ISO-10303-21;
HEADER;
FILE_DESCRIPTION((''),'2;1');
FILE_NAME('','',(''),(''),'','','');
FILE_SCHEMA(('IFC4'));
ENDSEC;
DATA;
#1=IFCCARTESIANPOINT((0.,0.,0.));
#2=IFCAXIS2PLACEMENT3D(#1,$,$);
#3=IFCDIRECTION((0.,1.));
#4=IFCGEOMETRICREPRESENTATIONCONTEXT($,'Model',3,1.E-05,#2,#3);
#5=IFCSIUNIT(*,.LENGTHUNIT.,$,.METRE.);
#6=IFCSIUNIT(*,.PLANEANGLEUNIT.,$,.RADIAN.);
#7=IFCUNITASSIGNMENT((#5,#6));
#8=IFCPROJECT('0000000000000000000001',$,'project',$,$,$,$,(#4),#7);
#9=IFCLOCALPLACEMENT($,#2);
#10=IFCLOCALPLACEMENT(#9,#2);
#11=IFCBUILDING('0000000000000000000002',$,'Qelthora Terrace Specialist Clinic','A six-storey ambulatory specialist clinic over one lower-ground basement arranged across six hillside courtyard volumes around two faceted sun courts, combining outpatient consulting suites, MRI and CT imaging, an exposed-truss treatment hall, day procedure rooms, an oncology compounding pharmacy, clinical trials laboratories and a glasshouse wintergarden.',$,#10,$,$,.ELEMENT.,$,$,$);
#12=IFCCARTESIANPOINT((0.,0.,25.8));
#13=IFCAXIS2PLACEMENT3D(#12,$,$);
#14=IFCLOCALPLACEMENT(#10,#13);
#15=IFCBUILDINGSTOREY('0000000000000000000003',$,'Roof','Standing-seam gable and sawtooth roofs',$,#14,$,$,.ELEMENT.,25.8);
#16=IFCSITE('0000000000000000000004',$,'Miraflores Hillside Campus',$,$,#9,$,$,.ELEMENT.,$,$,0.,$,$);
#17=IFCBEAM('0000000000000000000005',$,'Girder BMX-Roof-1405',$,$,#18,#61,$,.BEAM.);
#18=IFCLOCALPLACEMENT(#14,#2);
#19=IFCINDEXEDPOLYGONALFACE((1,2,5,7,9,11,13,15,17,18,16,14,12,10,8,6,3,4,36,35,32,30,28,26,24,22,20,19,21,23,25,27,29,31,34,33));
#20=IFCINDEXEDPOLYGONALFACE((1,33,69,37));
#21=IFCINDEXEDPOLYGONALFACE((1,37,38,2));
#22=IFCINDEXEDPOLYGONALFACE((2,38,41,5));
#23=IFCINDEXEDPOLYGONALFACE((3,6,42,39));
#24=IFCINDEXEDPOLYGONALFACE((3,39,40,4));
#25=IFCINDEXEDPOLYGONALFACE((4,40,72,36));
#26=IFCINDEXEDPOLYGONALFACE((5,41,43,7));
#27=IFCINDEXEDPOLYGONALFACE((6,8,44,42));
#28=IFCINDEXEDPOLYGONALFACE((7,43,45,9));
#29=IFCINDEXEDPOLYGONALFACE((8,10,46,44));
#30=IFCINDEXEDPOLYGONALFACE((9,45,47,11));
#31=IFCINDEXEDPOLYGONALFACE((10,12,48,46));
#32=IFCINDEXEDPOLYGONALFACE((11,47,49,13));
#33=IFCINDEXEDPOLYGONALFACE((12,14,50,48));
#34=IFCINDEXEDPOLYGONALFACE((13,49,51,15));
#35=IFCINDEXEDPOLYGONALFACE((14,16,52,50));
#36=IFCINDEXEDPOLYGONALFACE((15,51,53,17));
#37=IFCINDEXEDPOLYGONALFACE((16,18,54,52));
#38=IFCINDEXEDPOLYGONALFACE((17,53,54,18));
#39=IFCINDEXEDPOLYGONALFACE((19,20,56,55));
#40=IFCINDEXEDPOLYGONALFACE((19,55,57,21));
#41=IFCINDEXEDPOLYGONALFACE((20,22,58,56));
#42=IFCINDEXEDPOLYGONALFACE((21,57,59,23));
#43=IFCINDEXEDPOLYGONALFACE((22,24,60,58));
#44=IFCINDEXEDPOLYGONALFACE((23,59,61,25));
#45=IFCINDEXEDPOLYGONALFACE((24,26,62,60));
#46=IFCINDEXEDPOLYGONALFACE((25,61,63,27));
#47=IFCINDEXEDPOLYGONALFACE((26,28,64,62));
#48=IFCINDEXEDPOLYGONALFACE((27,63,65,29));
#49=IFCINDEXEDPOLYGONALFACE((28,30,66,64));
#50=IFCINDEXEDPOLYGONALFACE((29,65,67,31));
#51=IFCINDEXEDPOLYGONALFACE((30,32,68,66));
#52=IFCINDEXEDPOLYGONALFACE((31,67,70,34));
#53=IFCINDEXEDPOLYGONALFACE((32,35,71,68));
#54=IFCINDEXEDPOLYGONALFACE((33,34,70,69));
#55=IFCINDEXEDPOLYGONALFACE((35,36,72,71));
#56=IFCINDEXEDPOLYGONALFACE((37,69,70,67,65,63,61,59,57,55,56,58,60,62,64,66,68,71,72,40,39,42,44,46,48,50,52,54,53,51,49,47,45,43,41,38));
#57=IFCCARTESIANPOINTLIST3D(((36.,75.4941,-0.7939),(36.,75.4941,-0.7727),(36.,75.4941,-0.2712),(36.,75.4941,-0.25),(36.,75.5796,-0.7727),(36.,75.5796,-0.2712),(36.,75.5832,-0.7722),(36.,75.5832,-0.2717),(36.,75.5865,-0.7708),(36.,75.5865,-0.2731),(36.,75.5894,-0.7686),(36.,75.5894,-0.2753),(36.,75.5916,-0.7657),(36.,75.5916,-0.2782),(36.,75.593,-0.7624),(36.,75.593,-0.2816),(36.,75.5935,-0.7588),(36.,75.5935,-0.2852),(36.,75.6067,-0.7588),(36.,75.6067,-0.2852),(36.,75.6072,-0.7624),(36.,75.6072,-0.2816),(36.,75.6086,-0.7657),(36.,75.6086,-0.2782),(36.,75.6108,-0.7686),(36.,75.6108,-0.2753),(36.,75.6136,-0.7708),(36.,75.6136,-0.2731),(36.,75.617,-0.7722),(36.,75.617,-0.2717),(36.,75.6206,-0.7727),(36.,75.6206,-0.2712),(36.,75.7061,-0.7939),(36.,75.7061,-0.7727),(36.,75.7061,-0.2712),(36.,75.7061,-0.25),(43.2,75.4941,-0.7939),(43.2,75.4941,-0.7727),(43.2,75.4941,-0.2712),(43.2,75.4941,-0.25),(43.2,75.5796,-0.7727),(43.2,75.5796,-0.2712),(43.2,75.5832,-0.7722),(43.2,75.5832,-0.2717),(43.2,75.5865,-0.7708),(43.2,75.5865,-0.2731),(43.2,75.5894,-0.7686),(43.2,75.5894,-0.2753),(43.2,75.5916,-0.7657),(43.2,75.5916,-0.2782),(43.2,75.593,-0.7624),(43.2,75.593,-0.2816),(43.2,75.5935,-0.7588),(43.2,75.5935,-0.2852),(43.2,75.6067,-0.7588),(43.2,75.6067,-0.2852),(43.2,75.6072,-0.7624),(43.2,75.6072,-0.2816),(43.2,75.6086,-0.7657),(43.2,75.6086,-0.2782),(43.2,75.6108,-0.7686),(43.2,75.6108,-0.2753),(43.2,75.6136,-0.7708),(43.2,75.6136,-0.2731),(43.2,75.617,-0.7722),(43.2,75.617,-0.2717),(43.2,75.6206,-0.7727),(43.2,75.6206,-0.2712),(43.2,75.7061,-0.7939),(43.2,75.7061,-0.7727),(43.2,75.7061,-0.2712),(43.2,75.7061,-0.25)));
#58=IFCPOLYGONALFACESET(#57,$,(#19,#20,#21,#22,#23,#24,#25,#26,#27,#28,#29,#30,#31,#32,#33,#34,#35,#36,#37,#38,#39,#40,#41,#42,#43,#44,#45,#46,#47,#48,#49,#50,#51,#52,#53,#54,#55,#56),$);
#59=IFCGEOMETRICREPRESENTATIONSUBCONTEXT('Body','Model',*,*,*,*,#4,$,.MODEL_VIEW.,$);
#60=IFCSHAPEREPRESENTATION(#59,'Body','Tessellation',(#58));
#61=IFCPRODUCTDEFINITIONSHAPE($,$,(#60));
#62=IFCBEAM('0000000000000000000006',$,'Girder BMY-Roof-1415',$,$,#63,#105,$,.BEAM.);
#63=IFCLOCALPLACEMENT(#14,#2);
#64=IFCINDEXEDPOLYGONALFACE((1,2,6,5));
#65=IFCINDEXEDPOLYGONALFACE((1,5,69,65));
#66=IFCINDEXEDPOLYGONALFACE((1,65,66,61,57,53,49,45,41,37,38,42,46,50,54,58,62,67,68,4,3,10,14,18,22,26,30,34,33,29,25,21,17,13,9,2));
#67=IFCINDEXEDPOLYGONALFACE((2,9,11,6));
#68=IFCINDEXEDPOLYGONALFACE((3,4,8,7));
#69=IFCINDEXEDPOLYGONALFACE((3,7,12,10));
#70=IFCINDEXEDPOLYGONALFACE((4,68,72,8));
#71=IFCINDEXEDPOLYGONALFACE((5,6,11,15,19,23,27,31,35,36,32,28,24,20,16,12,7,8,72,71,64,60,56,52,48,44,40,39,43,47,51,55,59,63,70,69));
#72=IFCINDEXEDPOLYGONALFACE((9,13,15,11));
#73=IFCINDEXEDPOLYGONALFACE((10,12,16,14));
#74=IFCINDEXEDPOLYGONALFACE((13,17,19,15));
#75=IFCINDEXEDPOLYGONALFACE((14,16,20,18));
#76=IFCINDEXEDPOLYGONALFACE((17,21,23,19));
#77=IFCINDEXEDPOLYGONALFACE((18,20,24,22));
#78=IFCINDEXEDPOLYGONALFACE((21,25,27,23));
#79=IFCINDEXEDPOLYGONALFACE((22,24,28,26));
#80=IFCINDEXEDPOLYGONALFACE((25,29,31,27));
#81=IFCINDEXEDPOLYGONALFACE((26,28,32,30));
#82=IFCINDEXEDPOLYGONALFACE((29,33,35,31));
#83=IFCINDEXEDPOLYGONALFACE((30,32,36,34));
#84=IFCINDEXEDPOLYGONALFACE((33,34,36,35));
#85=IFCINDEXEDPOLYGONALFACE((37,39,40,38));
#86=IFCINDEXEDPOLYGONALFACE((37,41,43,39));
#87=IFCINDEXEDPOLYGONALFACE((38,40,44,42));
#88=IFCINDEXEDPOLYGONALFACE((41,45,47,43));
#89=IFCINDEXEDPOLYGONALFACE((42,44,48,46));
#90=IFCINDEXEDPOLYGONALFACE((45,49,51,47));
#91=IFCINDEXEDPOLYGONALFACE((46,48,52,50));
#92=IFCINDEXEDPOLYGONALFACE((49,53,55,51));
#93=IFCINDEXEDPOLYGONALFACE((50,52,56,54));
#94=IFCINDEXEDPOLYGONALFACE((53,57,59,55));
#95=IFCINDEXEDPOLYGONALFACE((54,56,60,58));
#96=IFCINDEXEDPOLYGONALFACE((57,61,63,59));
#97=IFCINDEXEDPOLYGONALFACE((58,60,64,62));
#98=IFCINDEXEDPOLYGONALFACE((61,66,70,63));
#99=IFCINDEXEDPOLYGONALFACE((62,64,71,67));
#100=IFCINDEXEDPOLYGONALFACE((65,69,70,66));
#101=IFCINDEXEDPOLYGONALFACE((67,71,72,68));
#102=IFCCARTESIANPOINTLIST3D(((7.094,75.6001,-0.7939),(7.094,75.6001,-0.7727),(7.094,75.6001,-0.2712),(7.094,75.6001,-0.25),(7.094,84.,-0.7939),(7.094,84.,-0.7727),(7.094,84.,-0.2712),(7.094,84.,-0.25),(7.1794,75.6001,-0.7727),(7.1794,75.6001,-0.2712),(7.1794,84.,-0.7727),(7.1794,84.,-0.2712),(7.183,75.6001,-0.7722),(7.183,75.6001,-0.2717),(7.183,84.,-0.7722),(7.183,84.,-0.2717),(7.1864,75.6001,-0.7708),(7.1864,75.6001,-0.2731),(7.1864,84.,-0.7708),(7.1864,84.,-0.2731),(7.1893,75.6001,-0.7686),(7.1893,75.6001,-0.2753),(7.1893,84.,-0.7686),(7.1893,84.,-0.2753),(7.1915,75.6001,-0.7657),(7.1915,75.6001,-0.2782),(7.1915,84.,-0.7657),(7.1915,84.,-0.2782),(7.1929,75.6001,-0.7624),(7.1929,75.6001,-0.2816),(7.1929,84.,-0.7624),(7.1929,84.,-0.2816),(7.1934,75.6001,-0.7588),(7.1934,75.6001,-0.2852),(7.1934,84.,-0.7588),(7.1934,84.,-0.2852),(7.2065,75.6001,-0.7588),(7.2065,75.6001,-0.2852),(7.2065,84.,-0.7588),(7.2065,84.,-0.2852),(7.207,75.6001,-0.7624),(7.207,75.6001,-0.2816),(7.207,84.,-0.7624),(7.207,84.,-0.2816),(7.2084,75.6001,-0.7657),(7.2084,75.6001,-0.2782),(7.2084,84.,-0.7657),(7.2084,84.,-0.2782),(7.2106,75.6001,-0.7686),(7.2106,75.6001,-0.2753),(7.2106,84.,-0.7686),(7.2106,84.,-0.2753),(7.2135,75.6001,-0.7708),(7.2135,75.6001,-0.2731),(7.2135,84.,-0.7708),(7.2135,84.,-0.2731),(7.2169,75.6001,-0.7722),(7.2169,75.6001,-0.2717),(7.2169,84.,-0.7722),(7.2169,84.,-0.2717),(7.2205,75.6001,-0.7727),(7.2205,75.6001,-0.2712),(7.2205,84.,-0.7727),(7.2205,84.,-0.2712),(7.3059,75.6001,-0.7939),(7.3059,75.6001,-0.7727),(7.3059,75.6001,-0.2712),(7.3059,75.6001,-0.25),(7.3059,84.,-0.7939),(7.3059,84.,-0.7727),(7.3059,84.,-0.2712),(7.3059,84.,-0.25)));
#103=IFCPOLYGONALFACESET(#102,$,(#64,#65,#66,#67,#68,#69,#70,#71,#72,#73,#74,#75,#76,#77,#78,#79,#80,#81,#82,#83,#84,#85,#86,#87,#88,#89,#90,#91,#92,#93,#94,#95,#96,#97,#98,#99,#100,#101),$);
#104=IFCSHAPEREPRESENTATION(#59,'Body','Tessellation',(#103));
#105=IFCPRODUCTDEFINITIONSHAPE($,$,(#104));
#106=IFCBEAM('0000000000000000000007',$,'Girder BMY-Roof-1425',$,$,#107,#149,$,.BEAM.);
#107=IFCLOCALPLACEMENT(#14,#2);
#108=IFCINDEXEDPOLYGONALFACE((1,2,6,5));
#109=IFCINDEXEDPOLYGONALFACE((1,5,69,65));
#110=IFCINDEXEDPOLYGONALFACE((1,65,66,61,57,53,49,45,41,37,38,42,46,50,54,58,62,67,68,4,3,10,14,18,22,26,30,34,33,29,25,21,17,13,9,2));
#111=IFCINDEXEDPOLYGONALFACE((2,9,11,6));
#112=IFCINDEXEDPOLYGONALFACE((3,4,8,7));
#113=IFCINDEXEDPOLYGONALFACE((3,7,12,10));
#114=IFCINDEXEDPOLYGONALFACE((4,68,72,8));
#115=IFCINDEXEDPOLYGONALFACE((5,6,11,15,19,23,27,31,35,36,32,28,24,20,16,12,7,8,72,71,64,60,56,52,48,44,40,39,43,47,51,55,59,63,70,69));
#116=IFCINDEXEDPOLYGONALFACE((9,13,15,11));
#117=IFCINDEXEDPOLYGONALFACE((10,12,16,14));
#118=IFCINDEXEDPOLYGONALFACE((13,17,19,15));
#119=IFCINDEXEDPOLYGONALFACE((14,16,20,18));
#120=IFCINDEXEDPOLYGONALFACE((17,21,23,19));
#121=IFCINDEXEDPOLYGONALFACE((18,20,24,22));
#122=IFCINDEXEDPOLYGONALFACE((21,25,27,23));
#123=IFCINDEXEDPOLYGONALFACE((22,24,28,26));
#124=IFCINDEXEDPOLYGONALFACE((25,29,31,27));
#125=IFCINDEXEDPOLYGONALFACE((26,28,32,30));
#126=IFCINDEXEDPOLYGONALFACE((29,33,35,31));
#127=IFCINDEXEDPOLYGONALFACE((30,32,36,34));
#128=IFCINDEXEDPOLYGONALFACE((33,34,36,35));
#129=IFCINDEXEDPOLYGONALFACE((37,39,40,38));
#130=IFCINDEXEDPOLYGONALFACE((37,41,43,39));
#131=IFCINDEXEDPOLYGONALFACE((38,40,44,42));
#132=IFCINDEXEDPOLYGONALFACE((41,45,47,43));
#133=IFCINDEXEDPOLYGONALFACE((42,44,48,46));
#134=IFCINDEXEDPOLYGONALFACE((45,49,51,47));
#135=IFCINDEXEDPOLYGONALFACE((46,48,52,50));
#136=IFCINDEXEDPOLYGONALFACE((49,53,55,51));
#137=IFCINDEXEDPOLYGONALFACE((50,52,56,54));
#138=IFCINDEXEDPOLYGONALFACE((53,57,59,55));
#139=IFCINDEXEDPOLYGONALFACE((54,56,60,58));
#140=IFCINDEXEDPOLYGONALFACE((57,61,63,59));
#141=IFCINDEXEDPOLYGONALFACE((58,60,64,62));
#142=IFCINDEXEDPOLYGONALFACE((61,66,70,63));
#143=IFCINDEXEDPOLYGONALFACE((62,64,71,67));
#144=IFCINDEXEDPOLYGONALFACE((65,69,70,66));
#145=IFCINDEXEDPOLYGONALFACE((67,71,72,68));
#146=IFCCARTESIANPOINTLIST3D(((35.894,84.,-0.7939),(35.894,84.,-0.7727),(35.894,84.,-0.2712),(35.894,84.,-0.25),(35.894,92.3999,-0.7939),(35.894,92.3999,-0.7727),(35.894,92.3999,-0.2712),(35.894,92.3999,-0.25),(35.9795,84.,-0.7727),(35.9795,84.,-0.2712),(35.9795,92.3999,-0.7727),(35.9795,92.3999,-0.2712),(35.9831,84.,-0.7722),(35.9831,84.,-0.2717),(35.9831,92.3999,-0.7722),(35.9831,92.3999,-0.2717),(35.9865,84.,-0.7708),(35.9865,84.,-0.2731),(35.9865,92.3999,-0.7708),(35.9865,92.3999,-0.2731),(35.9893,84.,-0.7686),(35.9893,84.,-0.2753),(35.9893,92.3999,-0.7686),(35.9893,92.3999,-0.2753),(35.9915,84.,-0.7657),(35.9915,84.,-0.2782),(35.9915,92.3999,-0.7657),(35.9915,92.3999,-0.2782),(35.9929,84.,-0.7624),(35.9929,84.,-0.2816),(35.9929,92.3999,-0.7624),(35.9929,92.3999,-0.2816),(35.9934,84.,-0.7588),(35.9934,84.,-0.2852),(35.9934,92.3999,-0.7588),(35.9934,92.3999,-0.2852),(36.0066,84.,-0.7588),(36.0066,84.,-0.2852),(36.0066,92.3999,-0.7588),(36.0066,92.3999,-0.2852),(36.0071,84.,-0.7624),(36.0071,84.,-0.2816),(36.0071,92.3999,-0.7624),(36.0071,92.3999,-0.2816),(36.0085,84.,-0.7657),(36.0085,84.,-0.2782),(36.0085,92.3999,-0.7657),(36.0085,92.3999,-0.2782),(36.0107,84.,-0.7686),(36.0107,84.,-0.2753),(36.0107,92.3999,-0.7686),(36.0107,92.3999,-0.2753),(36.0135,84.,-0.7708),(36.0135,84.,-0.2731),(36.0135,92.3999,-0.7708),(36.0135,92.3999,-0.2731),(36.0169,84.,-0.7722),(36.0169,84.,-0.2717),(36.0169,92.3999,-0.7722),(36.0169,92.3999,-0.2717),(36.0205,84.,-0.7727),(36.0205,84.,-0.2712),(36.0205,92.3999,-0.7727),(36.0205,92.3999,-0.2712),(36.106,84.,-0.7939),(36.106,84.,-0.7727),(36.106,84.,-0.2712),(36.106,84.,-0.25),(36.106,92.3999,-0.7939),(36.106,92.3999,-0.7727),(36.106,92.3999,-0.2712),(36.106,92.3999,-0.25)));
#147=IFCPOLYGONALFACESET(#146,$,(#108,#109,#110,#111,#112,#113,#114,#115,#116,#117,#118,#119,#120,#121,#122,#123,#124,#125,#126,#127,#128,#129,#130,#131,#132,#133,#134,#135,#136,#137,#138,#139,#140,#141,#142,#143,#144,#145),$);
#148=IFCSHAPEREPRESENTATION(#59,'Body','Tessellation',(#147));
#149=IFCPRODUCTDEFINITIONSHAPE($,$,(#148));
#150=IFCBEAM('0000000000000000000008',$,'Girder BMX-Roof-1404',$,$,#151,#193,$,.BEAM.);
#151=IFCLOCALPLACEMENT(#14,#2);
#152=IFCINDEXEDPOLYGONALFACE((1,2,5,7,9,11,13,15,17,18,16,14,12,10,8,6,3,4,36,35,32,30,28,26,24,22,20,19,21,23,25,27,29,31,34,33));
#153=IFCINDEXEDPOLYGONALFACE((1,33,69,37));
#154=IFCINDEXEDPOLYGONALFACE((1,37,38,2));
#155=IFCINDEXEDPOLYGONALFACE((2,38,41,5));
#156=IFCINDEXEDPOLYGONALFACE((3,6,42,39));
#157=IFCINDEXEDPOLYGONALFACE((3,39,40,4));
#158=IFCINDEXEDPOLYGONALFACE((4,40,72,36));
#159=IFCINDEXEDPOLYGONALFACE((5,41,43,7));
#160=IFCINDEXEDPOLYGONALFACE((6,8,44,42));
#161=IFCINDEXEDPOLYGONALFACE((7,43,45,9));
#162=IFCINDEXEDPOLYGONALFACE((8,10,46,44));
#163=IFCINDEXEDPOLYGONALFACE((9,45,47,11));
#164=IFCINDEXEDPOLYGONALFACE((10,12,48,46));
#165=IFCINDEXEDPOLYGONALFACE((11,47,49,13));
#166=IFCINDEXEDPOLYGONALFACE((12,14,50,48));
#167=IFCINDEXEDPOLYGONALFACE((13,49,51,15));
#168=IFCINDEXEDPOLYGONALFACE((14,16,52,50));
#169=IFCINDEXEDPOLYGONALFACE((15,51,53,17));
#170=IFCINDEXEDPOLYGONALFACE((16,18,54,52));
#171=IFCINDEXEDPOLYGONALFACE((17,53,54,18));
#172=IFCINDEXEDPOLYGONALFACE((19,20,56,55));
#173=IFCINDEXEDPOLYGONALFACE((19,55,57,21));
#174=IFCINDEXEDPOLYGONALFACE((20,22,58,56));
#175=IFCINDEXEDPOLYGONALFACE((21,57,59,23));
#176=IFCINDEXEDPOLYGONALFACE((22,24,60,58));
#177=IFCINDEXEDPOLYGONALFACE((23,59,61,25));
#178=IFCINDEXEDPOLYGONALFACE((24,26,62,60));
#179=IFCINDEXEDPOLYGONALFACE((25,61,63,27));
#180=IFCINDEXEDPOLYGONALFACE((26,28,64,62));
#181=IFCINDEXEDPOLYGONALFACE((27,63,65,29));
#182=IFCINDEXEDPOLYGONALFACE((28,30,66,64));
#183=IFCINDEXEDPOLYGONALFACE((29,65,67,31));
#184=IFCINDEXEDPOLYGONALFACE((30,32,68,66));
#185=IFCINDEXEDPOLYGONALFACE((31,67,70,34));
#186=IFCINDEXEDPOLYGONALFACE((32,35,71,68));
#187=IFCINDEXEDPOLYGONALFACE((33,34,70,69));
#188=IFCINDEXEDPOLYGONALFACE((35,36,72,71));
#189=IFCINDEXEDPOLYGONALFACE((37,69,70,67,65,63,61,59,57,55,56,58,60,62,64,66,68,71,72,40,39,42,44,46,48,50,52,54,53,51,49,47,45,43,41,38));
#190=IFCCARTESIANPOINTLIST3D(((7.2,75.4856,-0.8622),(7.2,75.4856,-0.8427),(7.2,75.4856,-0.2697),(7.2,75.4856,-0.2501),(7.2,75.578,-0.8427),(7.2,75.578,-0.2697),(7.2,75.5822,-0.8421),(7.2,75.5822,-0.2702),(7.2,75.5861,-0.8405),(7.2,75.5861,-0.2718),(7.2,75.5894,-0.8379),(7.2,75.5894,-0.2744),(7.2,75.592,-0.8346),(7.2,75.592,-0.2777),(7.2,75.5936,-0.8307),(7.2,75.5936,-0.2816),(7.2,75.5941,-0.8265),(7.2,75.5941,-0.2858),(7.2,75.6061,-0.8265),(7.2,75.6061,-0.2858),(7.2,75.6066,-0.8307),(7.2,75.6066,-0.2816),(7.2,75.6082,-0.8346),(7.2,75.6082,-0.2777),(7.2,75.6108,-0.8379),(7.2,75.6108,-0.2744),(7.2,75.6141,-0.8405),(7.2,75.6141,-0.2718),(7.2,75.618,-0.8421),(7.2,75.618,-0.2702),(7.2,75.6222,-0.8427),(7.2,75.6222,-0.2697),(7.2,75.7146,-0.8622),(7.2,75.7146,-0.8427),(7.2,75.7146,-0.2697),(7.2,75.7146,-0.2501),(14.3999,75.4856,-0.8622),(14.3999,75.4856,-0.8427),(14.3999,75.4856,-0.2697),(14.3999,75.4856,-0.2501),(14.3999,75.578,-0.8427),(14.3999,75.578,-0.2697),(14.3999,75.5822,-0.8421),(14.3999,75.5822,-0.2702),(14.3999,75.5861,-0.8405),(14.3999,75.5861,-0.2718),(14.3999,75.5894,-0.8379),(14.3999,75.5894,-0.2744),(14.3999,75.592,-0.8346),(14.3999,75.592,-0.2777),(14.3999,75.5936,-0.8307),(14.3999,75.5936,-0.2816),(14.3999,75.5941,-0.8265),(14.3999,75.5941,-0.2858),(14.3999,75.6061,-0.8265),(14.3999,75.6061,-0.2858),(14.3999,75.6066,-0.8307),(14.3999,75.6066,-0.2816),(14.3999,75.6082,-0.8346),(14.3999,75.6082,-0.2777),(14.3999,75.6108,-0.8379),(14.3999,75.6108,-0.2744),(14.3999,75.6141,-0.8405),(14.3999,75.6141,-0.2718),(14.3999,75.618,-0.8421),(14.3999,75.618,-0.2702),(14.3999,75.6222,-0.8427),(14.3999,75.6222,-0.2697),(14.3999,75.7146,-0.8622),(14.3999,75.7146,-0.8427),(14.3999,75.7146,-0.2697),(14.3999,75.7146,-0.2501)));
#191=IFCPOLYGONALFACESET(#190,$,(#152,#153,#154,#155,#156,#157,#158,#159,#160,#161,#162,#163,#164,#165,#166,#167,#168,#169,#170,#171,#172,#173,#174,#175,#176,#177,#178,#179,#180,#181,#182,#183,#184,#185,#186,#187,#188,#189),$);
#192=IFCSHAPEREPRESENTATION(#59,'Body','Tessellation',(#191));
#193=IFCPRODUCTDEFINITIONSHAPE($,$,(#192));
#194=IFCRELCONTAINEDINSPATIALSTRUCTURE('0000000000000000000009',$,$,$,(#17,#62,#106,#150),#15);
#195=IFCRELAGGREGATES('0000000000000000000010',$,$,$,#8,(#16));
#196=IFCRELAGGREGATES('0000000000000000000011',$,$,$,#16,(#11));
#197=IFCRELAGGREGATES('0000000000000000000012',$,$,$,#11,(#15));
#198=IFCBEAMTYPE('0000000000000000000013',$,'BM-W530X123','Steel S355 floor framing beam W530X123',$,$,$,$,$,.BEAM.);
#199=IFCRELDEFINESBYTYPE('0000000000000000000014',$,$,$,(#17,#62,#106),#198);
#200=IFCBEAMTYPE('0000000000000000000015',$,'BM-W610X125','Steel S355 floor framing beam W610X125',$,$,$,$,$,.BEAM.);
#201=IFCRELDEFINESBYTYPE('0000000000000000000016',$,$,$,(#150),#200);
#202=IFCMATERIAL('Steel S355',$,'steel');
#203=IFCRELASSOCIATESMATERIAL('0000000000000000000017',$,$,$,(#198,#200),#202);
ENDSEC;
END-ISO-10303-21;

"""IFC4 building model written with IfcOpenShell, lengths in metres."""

from ifc_helpers import new_model, si_unit, direction, frame, origin, origin_2d, place, context, subcontext, project, spatial, i_section, extrude, material, material_profile, profile_set, type_object, element, save


model = new_model("IFC4")

# Units and contexts
model_context = context("Model", 3, precision=1e-05, world=origin(), true_north=direction((0.0, 1.0)))
body_context = subcontext(model_context, "Body", "Model", "MODEL_VIEW")
ifc_project = project(units=[si_unit("LENGTHUNIT", "METRE"), si_unit("PLANEANGLEUNIT", "RADIAN")], contexts=[model_context])

# Site, building, storey
site_placement = place(None, origin())
site = spatial("IfcSite", under=ifc_project, at=site_placement, Name="Miraflores Hillside Campus", CompositionType="ELEMENT", RefElevation=0.0)
building_placement = place(site_placement, origin())
building = spatial("IfcBuilding", under=site, at=building_placement, Name="Qelthora Terrace Specialist Clinic", Description="A six-storey ambulatory specialist clinic over one lower-ground basement arranged across six hillside courtyard volumes around two faceted sun courts, combining outpatient consulting suites, MRI and CT imaging, an exposed-truss treatment hall, day procedure rooms, an oncology compounding pharmacy, clinical trials laboratories and a glasshouse wintergarden.", CompositionType="ELEMENT")
storey_placement = place(building_placement, frame((0.0, 0.0, 25.8)))
storey = spatial("IfcBuildingStorey", under=building, at=storey_placement, Name="Roof", Description="Standing-seam gable and sawtooth roofs", CompositionType="ELEMENT", Elevation=25.8)

# Beams
ifc_material_1 = material(Name="Steel S355", Category="steel")
ifc_material_profile_1 = material_profile(ifc_material_1, i_section(OverallWidth=0.2119, OverallDepth=0.5439, WebThickness=0.0132, FlangeThickness=0.0212, FilletRadius=0.0139, at=origin_2d()), Name="W530X123")
ifc_profile_set_1 = profile_set([ifc_material_profile_1], Name="Steel S355")
beam_type_1 = type_object("IfcBeamType", Name="BM-W530X123", Description="Steel S355 floor framing beam W530X123", PredefinedType="BEAM", material=ifc_profile_set_1)
beam_1_placement = place(storey_placement, frame((36.0, 75.6001, -0.522), z_axis=(1.0, 0.0, 0.0), x_axis=(0.0, 1.0, 0.0)))
element("IfcBeam", 1, at=beam_1_placement, inside=storey, type_object=beam_type_1, Name="Girder BMX-Roof-1405", PredefinedType="BEAM", context=body_context, shape_type="SweptSolid", body=[
    extrude(i_section(OverallWidth=0.2119, OverallDepth=0.5439, WebThickness=0.0132, FlangeThickness=0.0212, FilletRadius=0.0139, at=origin_2d()), origin(), (0.0, 0.0, 1.0), 7.2),
])
for number, where, z_axis, x_axis, name in (
    (2, (7.2, 75.6001, -0.522), (0.0, 1.0, 0.0), (-1.0, 0.0, 0.0), "Girder BMY-Roof-1415"),
    (3, (36.0, 84.0, -0.522), (0.0, 1.0, 0.0), (-1.0, 0.0, 0.0), "Girder BMY-Roof-1425"),
):
    element("IfcBeam", number, at=place(storey_placement, frame(where, z_axis=z_axis, x_axis=x_axis)), inside=storey, type_object=beam_type_1, Name=name, PredefinedType="BEAM", context=body_context, shape_type="SweptSolid", body=[
        extrude(i_section(OverallWidth=0.2119, OverallDepth=0.5439, WebThickness=0.0132, FlangeThickness=0.0212, FilletRadius=0.0139, at=origin_2d()), origin(), (0.0, 0.0, 1.0), 8.3999),
    ])
ifc_material_profile_2 = material_profile(ifc_material_1, i_section(OverallWidth=0.229, OverallDepth=0.6121, WebThickness=0.012, FlangeThickness=0.0195, FilletRadius=0.0161, at=origin_2d()), Name="W610X125")
ifc_profile_set_2 = profile_set([ifc_material_profile_2], Name="Steel S355")
beam_type_2 = type_object("IfcBeamType", Name="BM-W610X125", Description="Steel S355 floor framing beam W610X125", PredefinedType="BEAM", material=ifc_profile_set_2)
beam_2_placement = place(storey_placement, frame((7.2, 75.6001, -0.5562), z_axis=(1.0, 0.0, 0.0), x_axis=(0.0, 1.0, 0.0)))
element("IfcBeam", 4, at=beam_2_placement, inside=storey, type_object=beam_type_2, Name="Girder BMX-Roof-1404", PredefinedType="BEAM", context=body_context, shape_type="SweptSolid", body=[
    extrude(i_section(OverallWidth=0.229, OverallDepth=0.6121, WebThickness=0.012, FlangeThickness=0.0195, FilletRadius=0.0161, at=origin_2d()), origin(), (0.0, 0.0, 1.0), 7.2),
])

save(model, "model.ifc")
